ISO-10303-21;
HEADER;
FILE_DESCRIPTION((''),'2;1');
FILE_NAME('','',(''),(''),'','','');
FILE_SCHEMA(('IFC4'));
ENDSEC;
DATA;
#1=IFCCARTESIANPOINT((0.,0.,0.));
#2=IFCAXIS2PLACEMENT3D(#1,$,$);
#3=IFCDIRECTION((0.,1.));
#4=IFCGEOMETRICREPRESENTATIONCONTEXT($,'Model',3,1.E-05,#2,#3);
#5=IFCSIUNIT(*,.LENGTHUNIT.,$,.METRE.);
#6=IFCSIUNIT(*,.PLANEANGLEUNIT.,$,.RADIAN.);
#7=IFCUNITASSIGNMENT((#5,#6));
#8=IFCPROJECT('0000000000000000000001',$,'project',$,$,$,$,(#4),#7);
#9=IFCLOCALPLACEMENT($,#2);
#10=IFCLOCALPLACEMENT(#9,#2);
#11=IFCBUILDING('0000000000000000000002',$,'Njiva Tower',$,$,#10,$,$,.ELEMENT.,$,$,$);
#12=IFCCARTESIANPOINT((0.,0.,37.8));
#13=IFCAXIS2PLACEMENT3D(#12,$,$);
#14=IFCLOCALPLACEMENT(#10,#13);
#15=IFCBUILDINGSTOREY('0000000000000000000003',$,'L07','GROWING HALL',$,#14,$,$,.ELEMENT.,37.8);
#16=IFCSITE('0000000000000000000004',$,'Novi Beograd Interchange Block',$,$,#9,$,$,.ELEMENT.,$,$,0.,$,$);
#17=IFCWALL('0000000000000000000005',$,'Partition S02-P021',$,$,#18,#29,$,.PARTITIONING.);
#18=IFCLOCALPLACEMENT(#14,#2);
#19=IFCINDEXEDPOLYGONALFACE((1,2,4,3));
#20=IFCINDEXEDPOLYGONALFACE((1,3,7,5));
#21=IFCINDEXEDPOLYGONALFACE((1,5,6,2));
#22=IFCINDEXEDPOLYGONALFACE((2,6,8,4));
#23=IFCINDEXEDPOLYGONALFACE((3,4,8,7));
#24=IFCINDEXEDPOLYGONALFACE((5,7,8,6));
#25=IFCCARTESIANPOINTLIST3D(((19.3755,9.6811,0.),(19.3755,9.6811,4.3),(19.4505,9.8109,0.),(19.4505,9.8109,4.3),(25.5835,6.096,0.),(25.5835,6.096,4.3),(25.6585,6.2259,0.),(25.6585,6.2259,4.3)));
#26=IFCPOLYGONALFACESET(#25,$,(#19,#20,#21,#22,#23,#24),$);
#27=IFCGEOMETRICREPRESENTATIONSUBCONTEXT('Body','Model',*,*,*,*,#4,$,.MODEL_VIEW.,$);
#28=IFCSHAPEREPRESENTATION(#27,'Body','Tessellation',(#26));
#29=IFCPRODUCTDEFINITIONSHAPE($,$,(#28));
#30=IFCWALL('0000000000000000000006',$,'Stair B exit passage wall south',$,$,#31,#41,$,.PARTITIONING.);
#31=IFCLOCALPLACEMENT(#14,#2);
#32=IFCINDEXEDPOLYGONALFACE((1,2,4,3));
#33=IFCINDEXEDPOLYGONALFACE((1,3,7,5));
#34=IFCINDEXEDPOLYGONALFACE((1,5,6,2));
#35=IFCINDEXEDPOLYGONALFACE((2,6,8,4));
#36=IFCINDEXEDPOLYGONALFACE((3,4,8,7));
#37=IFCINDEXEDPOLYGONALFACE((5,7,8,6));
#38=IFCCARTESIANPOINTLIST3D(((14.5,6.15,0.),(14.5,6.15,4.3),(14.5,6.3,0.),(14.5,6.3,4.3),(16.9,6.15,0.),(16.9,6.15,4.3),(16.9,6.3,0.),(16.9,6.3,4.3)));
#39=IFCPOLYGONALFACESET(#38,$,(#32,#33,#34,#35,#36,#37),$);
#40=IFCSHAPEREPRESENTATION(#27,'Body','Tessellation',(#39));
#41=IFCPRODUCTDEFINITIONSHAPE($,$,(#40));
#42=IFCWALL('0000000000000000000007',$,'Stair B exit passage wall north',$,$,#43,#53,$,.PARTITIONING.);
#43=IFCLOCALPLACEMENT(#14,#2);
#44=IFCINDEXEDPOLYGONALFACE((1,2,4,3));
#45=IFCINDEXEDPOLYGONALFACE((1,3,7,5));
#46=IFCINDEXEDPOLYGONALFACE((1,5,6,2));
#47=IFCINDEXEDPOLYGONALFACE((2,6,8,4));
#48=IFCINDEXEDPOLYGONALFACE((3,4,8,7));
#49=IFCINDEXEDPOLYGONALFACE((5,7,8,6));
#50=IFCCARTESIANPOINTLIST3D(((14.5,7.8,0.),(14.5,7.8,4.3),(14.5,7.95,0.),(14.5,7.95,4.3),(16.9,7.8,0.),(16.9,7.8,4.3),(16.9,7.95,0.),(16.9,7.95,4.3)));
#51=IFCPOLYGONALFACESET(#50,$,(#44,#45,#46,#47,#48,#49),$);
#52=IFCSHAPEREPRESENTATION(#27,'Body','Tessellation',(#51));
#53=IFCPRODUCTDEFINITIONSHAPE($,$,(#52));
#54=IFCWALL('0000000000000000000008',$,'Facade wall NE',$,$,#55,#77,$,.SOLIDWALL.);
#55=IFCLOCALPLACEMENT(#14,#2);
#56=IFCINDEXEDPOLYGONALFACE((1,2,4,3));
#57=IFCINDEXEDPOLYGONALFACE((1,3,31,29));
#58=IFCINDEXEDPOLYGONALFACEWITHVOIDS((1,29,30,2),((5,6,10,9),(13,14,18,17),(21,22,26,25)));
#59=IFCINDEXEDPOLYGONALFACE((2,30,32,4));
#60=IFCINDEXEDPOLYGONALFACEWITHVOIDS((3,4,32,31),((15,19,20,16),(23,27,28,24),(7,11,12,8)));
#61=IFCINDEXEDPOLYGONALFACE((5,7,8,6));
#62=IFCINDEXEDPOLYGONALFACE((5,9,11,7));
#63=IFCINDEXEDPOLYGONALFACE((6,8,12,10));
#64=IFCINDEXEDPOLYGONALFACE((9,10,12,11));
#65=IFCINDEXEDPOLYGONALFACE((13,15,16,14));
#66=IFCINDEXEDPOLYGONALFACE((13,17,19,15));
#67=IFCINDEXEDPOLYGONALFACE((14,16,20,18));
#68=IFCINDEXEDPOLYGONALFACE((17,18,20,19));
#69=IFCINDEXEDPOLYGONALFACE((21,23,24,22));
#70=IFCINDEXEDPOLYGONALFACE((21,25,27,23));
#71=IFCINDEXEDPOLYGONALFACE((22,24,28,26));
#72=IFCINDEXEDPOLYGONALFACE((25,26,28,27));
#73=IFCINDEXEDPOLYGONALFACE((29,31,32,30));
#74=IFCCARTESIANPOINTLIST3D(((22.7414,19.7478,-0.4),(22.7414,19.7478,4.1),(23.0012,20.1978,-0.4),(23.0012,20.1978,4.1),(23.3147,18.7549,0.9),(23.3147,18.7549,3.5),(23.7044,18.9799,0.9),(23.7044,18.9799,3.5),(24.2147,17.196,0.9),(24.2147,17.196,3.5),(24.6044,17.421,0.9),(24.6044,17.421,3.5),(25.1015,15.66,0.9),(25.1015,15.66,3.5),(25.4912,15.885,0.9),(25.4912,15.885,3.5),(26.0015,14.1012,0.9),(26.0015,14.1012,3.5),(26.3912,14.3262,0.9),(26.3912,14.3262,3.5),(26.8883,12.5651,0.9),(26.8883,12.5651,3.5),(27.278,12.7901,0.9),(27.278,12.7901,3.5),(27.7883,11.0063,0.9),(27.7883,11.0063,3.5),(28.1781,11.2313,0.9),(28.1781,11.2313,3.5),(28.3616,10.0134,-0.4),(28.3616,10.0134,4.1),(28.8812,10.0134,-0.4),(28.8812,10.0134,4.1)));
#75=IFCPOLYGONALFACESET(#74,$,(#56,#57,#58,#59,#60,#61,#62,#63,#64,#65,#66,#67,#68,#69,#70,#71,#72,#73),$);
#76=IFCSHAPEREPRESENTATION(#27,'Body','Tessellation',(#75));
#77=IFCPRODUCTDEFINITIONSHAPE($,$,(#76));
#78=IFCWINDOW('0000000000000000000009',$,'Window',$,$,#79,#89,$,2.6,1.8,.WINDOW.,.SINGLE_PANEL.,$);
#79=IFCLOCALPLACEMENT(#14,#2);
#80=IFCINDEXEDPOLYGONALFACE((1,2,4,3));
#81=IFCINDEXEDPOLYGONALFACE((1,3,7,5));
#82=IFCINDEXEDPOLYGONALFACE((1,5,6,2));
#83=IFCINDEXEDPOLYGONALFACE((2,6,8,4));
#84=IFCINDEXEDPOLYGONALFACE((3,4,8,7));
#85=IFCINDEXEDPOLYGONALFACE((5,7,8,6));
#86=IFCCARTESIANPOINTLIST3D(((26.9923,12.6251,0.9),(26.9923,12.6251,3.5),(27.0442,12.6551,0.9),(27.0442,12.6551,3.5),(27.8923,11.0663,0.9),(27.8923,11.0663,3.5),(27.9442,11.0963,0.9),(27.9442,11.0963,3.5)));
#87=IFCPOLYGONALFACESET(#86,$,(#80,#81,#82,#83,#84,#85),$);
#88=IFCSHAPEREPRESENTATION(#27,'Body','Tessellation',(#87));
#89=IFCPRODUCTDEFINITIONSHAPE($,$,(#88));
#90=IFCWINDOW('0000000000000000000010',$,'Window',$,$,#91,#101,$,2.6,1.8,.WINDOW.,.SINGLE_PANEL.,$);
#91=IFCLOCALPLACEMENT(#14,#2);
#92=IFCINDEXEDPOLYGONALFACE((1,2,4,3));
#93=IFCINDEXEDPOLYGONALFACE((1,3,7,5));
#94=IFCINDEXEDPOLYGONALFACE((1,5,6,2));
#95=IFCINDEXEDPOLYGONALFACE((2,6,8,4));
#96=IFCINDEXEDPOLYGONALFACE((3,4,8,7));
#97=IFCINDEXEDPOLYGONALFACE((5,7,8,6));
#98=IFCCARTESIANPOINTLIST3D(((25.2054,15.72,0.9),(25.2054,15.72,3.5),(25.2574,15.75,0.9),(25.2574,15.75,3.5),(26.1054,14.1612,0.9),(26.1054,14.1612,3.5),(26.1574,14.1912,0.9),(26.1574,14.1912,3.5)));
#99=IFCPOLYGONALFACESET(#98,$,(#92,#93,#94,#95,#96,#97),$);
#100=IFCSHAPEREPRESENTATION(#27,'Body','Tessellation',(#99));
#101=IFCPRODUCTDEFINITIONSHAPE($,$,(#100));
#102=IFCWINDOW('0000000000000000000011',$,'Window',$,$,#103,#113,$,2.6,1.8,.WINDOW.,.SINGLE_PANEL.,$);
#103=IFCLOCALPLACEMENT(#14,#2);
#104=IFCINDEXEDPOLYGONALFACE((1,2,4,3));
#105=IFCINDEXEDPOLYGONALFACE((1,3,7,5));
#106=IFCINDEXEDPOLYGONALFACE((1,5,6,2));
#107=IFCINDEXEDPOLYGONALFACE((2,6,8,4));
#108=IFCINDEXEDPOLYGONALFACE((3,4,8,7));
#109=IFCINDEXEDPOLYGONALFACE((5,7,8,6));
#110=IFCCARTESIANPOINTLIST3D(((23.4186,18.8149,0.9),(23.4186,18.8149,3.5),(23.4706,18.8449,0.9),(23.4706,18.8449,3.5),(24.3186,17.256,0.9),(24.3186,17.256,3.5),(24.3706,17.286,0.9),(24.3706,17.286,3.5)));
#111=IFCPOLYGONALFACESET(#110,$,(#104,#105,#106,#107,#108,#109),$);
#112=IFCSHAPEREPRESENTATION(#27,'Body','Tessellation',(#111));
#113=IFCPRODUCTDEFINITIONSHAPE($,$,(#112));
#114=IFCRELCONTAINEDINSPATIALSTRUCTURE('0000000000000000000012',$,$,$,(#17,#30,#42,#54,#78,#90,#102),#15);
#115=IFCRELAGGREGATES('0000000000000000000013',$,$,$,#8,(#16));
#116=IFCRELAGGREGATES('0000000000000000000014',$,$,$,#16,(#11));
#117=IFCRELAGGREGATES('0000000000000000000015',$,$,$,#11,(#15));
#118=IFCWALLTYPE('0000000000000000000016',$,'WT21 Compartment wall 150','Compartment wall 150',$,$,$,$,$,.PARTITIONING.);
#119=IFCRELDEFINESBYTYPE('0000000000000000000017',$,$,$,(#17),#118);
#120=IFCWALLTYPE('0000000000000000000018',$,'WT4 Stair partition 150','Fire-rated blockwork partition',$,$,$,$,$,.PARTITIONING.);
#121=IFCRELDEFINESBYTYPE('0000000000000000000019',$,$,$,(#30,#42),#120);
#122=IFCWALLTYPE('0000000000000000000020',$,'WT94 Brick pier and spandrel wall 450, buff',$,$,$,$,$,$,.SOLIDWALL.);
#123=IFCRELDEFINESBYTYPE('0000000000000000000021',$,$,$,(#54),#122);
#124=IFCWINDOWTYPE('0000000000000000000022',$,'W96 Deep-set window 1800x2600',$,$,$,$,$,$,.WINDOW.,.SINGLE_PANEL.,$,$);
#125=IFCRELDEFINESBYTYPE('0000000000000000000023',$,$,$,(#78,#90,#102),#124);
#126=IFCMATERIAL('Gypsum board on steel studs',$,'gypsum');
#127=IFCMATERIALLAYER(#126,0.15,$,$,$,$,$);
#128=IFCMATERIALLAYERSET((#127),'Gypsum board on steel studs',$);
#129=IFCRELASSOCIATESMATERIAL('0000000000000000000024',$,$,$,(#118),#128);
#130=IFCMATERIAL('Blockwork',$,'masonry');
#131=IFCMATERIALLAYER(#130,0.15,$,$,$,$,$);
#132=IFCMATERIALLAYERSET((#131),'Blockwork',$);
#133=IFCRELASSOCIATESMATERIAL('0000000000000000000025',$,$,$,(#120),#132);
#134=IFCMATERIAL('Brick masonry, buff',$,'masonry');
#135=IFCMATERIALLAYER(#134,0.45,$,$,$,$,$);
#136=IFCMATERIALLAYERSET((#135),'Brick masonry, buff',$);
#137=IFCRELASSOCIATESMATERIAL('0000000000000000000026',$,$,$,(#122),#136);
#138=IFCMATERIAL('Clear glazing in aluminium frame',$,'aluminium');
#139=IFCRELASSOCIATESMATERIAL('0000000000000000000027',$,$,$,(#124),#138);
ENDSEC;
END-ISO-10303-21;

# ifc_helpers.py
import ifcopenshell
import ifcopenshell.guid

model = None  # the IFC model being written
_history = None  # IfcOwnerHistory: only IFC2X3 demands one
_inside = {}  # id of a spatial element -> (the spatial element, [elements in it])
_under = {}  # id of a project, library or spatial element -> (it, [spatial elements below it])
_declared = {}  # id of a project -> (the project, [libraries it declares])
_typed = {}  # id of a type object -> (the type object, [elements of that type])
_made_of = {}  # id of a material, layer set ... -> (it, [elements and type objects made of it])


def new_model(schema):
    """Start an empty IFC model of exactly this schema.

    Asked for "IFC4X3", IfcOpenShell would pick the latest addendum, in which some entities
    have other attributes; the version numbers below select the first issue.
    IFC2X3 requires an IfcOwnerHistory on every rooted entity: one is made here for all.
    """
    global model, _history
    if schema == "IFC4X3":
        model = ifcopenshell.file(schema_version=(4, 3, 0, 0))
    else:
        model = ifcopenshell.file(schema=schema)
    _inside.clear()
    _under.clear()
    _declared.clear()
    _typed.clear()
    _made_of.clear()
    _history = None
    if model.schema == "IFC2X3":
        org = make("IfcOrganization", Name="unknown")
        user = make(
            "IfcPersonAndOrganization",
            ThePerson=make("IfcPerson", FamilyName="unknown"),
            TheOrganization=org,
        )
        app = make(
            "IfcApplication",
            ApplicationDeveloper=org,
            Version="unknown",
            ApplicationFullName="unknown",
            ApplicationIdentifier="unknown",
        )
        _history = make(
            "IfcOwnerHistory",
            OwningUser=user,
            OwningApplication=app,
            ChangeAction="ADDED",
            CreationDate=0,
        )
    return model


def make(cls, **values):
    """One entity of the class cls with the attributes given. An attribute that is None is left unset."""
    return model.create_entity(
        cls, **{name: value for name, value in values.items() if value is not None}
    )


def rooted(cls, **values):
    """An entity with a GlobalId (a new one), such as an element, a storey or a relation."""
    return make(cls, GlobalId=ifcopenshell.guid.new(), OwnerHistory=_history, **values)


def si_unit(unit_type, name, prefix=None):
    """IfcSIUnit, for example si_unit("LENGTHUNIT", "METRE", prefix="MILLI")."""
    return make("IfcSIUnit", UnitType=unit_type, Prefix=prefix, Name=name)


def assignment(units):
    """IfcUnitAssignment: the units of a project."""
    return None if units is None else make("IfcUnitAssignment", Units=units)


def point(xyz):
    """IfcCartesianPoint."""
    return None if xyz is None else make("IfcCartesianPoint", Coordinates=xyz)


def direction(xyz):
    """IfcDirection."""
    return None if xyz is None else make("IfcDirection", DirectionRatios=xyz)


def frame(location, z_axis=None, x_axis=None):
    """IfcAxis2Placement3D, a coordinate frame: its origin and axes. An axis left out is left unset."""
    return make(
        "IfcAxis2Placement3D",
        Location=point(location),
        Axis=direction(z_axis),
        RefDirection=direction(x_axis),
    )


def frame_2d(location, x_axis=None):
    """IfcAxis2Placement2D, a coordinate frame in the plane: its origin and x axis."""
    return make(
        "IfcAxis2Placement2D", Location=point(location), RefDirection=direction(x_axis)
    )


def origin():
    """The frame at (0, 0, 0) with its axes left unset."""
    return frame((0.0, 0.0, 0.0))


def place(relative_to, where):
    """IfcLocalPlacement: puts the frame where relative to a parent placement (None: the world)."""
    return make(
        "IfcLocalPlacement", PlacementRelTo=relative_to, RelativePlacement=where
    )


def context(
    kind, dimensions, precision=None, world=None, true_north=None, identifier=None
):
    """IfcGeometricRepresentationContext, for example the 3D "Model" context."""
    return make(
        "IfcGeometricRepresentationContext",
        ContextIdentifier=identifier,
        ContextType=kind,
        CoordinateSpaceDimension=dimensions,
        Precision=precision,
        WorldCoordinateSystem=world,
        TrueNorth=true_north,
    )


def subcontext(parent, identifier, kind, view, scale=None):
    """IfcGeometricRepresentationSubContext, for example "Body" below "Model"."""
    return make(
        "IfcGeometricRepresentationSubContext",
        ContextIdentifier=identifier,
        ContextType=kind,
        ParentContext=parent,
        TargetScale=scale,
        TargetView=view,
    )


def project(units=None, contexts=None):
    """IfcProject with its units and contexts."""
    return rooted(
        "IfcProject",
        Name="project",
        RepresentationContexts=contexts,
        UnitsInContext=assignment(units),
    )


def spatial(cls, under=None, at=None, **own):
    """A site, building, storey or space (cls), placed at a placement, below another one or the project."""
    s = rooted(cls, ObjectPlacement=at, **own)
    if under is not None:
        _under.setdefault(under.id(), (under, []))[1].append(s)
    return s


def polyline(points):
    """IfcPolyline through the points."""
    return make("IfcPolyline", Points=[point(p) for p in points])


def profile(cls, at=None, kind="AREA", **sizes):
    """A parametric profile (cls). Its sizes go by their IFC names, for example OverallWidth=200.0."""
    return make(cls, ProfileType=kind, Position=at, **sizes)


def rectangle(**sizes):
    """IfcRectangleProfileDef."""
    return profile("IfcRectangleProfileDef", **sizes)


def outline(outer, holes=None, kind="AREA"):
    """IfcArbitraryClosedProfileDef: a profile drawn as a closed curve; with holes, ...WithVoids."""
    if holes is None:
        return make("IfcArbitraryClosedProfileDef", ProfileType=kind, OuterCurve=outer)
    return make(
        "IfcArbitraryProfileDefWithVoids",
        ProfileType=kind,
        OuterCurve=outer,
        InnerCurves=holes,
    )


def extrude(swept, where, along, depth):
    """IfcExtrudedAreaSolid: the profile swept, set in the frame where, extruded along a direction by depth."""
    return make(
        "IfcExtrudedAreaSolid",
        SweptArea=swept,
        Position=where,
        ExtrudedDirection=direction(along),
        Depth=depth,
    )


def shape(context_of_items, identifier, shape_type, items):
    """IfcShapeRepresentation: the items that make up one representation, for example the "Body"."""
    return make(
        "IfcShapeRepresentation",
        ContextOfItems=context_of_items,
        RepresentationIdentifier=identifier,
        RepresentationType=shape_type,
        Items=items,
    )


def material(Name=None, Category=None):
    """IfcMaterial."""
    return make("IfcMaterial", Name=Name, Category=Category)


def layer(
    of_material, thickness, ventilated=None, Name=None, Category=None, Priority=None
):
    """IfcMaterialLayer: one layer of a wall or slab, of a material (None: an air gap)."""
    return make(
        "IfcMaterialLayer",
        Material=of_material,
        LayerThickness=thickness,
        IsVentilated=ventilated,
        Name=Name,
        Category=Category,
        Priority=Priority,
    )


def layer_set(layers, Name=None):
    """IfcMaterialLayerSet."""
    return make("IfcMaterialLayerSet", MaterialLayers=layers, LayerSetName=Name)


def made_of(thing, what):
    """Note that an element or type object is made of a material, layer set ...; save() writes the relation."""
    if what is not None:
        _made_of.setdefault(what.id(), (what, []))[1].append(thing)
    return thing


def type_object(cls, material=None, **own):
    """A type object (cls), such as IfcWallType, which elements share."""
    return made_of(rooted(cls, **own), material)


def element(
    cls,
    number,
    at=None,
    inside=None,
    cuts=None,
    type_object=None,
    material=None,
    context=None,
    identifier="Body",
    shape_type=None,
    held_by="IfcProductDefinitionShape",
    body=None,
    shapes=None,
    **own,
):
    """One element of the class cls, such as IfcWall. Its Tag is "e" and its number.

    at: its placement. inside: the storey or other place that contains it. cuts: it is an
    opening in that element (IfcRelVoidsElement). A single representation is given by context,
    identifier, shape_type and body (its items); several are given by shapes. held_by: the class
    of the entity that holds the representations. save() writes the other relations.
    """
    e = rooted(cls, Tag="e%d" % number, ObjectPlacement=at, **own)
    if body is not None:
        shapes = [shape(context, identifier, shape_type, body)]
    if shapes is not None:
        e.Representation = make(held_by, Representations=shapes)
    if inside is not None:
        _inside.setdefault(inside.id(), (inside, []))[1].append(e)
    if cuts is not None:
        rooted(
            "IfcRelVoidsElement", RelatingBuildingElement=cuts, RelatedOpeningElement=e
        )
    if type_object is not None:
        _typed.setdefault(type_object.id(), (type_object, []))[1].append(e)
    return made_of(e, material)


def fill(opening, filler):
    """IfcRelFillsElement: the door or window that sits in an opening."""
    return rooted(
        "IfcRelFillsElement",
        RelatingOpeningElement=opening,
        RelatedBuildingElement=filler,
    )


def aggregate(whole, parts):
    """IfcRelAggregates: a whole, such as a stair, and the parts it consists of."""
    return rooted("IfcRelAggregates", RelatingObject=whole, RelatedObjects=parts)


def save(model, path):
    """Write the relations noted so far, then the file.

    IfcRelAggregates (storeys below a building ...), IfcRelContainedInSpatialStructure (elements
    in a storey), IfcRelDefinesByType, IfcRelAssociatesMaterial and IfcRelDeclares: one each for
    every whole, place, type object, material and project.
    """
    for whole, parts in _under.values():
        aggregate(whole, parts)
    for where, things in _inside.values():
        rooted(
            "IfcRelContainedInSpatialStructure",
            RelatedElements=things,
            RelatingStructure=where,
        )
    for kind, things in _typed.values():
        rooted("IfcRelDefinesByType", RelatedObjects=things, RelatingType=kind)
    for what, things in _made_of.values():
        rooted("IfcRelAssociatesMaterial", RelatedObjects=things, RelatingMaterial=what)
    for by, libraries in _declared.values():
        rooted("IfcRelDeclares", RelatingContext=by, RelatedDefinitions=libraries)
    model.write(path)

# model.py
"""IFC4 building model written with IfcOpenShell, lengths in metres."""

from ifc_helpers import new_model, si_unit, direction, frame, frame_2d, origin, place, context, subcontext, project, spatial, polyline, rectangle, outline, extrude, material, layer, layer_set, type_object, element, fill, save


model = new_model("IFC4")

# Units and contexts
model_context = context("Model", 3, precision=1e-05, world=origin(), true_north=direction((0.0, 1.0)))
body_context = subcontext(model_context, "Body", "Model", "MODEL_VIEW")
ifc_project = project(units=[si_unit("LENGTHUNIT", "METRE"), si_unit("PLANEANGLEUNIT", "RADIAN")], contexts=[model_context])

# Site, building, storey
site_placement = place(None, origin())
site = spatial("IfcSite", under=ifc_project, at=site_placement, Name="Novi Beograd Interchange Block", CompositionType="ELEMENT", RefElevation=0.0)
building_placement = place(site_placement, origin())
building = spatial("IfcBuilding", under=site, at=building_placement, Name="Njiva Tower", CompositionType="ELEMENT")
storey_placement = place(building_placement, frame((0.0, 0.0, 37.8)))
storey = spatial("IfcBuildingStorey", under=building, at=storey_placement, Name="L07", Description="GROWING HALL", CompositionType="ELEMENT", Elevation=37.8)

# Shared definitions
ifc_material_1 = material(Name="Blockwork", Category="masonry")

# Walls
ifc_material_2 = material(Name="Gypsum board on steel studs", Category="gypsum")
ifc_layer_1 = layer(ifc_material_2, 0.15)
ifc_layer_set_1 = layer_set([ifc_layer_1], Name="Gypsum board on steel studs")
wall_type_1 = type_object("IfcWallType", Name="WT21 Compartment wall 150", Description="Compartment wall 150", PredefinedType="PARTITIONING", material=ifc_layer_set_1)
wall_1_placement = place(storey_placement, frame((19.413, 9.746, 0.0), z_axis=(0.0, 0.0, 1.0), x_axis=(0.865977, -0.500085, 0.0)))
element("IfcWall", 1, at=wall_1_placement, inside=storey, type_object=wall_type_1, Name="Partition S02-P021", PredefinedType="PARTITIONING", context=body_context, shape_type="SweptSolid", body=[
    extrude(rectangle(XDim=7.1688, YDim=0.15, at=frame_2d((3.5844, 0.0))), origin(), (0.0, 0.0, 1.0), 4.3),
])
ifc_layer_2 = layer(ifc_material_1, 0.15)
ifc_layer_set_2 = layer_set([ifc_layer_2], Name="Blockwork")
wall_type_2 = type_object("IfcWallType", Name="WT4 Stair partition 150", Description="Fire-rated blockwork partition", PredefinedType="PARTITIONING", material=ifc_layer_set_2)
for number, where, z_axis, x_axis, name in (
    (2, (14.5, 6.225, 0.0), (0.0, 0.0, 1.0), (1.0, 0.0, 0.0), "Stair B exit passage wall south"),
    (3, (14.5, 7.875, 0.0), (0.0, 0.0, 1.0), (1.0, 0.0, 0.0), "Stair B exit passage wall north"),
):
    element("IfcWall", number, at=place(storey_placement, frame(where, z_axis=z_axis, x_axis=x_axis)), inside=storey, type_object=wall_type_2, Name=name, PredefinedType="PARTITIONING", context=body_context, shape_type="SweptSolid", body=[
        extrude(rectangle(XDim=2.4, YDim=0.15, at=frame_2d((1.2, 0.0))), origin(), (0.0, 0.0, 1.0), 4.3),
    ])

# Wall, openings, windows
ifc_material_3 = material(Name="Brick masonry, buff", Category="masonry")
ifc_layer_3 = layer(ifc_material_3, 0.45)
ifc_layer_set_3 = layer_set([ifc_layer_3], Name="Brick masonry, buff")
wall_type_3 = type_object("IfcWallType", Name="WT94 Brick pier and spandrel wall 450, buff", PredefinedType="SOLIDWALL", material=ifc_layer_set_3)
wall_2_placement = place(storey_placement, frame((28.6214, 10.0134, -0.4), z_axis=(0.0, 0.0, 1.0), x_axis=(-0.500002, 0.866024, 0.0)))
wall_2 = element("IfcWall", 4, at=wall_2_placement, inside=storey, type_object=wall_type_3, Name="Facade wall NE", PredefinedType="SOLIDWALL", context=body_context, shape_type="SweptSolid", body=[
    extrude(outline(polyline([(-0.1299, -0.225), (11.63, -0.225), (11.3702, 0.225), (0.1299, 0.225), (-0.1299, -0.225)])), origin(), (0.0, 0.0, 1.0), 4.5),
])
opening_1_placement = place(wall_2_placement, frame((1.2764, 0.0, 1.3)))
opening_1 = element("IfcOpeningElement", 5, at=opening_1_placement, cuts=wall_2, PredefinedType="OPENING", context=body_context, shape_type="SweptSolid", body=[
    extrude(rectangle(XDim=1.8, YDim=2.6, at=frame_2d((0.9, 1.3))), frame((0.0, 0.235, 0.0), z_axis=(0.0, -1.0, 0.0), x_axis=(1.0, 0.0, 0.0)), (0.0, 0.0, 1.0), 0.47),
])
opening_2_placement = place(wall_2_placement, frame((4.8501, 0.0, 1.3)))
opening_2 = element("IfcOpeningElement", 6, at=opening_2_placement, cuts=wall_2, PredefinedType="OPENING", context=body_context, shape_type="SweptSolid", body=[
    extrude(rectangle(XDim=1.8, YDim=2.6, at=frame_2d((0.9, 1.3))), frame((0.0, 0.235, 0.0), z_axis=(0.0, -1.0, 0.0), x_axis=(1.0, 0.0, 0.0)), (0.0, 0.0, 1.0), 0.47),
])
opening_3_placement = place(wall_2_placement, frame((8.4237, 0.0, 1.3)))
opening_3 = element("IfcOpeningElement", 7, at=opening_3_placement, cuts=wall_2, PredefinedType="OPENING", context=body_context, shape_type="SweptSolid", body=[
    extrude(rectangle(XDim=1.8, YDim=2.6, at=frame_2d((0.9, 1.3))), frame((0.0, 0.235, 0.0), z_axis=(0.0, -1.0, 0.0), x_axis=(1.0, 0.0, 0.0)), (0.0, 0.0, 1.0), 0.47),
])
ifc_material_4 = material(Name="Clear glazing in aluminium frame", Category="aluminium")
window_type = type_object("IfcWindowType", Name="W96 Deep-set window 1800x2600", PartitioningType="SINGLE_PANEL", PredefinedType="WINDOW", material=ifc_material_4)
window_1_placement = place(opening_1_placement, origin())
window_1 = element("IfcWindow", 8, at=window_1_placement, inside=storey, type_object=window_type, Name="Window", OverallHeight=2.6, OverallWidth=1.8, PartitioningType="SINGLE_PANEL", PredefinedType="WINDOW", context=body_context, shape_type="SweptSolid", body=[
    extrude(rectangle(XDim=1.8, YDim=2.6, at=frame_2d((0.9, 1.3))), frame((0.0, 0.105, 0.0), z_axis=(0.0, -1.0, 0.0), x_axis=(1.0, 0.0, 0.0)), (0.0, 0.0, 1.0), 0.06),
])
fill(opening_1, window_1)
window_2_placement = place(opening_2_placement, origin())
window_2 = element("IfcWindow", 9, at=window_2_placement, inside=storey, type_object=window_type, Name="Window", OverallHeight=2.6, OverallWidth=1.8, PartitioningType="SINGLE_PANEL", PredefinedType="WINDOW", context=body_context, shape_type="SweptSolid", body=[
    extrude(rectangle(XDim=1.8, YDim=2.6, at=frame_2d((0.9, 1.3))), frame((0.0, 0.105, 0.0), z_axis=(0.0, -1.0, 0.0), x_axis=(1.0, 0.0, 0.0)), (0.0, 0.0, 1.0), 0.06),
])
fill(opening_2, window_2)
window_3_placement = place(opening_3_placement, origin())
window_3 = element("IfcWindow", 10, at=window_3_placement, inside=storey, type_object=window_type, Name="Window", OverallHeight=2.6, OverallWidth=1.8, PartitioningType="SINGLE_PANEL", PredefinedType="WINDOW", context=body_context, shape_type="SweptSolid", body=[
    extrude(rectangle(XDim=1.8, YDim=2.6, at=frame_2d((0.9, 1.3))), frame((0.0, 0.105, 0.0), z_axis=(0.0, -1.0, 0.0), x_axis=(1.0, 0.0, 0.0)), (0.0, 0.0, 1.0), 0.06),
])
fill(opening_3, window_3)

save(model, "model.ifc")
